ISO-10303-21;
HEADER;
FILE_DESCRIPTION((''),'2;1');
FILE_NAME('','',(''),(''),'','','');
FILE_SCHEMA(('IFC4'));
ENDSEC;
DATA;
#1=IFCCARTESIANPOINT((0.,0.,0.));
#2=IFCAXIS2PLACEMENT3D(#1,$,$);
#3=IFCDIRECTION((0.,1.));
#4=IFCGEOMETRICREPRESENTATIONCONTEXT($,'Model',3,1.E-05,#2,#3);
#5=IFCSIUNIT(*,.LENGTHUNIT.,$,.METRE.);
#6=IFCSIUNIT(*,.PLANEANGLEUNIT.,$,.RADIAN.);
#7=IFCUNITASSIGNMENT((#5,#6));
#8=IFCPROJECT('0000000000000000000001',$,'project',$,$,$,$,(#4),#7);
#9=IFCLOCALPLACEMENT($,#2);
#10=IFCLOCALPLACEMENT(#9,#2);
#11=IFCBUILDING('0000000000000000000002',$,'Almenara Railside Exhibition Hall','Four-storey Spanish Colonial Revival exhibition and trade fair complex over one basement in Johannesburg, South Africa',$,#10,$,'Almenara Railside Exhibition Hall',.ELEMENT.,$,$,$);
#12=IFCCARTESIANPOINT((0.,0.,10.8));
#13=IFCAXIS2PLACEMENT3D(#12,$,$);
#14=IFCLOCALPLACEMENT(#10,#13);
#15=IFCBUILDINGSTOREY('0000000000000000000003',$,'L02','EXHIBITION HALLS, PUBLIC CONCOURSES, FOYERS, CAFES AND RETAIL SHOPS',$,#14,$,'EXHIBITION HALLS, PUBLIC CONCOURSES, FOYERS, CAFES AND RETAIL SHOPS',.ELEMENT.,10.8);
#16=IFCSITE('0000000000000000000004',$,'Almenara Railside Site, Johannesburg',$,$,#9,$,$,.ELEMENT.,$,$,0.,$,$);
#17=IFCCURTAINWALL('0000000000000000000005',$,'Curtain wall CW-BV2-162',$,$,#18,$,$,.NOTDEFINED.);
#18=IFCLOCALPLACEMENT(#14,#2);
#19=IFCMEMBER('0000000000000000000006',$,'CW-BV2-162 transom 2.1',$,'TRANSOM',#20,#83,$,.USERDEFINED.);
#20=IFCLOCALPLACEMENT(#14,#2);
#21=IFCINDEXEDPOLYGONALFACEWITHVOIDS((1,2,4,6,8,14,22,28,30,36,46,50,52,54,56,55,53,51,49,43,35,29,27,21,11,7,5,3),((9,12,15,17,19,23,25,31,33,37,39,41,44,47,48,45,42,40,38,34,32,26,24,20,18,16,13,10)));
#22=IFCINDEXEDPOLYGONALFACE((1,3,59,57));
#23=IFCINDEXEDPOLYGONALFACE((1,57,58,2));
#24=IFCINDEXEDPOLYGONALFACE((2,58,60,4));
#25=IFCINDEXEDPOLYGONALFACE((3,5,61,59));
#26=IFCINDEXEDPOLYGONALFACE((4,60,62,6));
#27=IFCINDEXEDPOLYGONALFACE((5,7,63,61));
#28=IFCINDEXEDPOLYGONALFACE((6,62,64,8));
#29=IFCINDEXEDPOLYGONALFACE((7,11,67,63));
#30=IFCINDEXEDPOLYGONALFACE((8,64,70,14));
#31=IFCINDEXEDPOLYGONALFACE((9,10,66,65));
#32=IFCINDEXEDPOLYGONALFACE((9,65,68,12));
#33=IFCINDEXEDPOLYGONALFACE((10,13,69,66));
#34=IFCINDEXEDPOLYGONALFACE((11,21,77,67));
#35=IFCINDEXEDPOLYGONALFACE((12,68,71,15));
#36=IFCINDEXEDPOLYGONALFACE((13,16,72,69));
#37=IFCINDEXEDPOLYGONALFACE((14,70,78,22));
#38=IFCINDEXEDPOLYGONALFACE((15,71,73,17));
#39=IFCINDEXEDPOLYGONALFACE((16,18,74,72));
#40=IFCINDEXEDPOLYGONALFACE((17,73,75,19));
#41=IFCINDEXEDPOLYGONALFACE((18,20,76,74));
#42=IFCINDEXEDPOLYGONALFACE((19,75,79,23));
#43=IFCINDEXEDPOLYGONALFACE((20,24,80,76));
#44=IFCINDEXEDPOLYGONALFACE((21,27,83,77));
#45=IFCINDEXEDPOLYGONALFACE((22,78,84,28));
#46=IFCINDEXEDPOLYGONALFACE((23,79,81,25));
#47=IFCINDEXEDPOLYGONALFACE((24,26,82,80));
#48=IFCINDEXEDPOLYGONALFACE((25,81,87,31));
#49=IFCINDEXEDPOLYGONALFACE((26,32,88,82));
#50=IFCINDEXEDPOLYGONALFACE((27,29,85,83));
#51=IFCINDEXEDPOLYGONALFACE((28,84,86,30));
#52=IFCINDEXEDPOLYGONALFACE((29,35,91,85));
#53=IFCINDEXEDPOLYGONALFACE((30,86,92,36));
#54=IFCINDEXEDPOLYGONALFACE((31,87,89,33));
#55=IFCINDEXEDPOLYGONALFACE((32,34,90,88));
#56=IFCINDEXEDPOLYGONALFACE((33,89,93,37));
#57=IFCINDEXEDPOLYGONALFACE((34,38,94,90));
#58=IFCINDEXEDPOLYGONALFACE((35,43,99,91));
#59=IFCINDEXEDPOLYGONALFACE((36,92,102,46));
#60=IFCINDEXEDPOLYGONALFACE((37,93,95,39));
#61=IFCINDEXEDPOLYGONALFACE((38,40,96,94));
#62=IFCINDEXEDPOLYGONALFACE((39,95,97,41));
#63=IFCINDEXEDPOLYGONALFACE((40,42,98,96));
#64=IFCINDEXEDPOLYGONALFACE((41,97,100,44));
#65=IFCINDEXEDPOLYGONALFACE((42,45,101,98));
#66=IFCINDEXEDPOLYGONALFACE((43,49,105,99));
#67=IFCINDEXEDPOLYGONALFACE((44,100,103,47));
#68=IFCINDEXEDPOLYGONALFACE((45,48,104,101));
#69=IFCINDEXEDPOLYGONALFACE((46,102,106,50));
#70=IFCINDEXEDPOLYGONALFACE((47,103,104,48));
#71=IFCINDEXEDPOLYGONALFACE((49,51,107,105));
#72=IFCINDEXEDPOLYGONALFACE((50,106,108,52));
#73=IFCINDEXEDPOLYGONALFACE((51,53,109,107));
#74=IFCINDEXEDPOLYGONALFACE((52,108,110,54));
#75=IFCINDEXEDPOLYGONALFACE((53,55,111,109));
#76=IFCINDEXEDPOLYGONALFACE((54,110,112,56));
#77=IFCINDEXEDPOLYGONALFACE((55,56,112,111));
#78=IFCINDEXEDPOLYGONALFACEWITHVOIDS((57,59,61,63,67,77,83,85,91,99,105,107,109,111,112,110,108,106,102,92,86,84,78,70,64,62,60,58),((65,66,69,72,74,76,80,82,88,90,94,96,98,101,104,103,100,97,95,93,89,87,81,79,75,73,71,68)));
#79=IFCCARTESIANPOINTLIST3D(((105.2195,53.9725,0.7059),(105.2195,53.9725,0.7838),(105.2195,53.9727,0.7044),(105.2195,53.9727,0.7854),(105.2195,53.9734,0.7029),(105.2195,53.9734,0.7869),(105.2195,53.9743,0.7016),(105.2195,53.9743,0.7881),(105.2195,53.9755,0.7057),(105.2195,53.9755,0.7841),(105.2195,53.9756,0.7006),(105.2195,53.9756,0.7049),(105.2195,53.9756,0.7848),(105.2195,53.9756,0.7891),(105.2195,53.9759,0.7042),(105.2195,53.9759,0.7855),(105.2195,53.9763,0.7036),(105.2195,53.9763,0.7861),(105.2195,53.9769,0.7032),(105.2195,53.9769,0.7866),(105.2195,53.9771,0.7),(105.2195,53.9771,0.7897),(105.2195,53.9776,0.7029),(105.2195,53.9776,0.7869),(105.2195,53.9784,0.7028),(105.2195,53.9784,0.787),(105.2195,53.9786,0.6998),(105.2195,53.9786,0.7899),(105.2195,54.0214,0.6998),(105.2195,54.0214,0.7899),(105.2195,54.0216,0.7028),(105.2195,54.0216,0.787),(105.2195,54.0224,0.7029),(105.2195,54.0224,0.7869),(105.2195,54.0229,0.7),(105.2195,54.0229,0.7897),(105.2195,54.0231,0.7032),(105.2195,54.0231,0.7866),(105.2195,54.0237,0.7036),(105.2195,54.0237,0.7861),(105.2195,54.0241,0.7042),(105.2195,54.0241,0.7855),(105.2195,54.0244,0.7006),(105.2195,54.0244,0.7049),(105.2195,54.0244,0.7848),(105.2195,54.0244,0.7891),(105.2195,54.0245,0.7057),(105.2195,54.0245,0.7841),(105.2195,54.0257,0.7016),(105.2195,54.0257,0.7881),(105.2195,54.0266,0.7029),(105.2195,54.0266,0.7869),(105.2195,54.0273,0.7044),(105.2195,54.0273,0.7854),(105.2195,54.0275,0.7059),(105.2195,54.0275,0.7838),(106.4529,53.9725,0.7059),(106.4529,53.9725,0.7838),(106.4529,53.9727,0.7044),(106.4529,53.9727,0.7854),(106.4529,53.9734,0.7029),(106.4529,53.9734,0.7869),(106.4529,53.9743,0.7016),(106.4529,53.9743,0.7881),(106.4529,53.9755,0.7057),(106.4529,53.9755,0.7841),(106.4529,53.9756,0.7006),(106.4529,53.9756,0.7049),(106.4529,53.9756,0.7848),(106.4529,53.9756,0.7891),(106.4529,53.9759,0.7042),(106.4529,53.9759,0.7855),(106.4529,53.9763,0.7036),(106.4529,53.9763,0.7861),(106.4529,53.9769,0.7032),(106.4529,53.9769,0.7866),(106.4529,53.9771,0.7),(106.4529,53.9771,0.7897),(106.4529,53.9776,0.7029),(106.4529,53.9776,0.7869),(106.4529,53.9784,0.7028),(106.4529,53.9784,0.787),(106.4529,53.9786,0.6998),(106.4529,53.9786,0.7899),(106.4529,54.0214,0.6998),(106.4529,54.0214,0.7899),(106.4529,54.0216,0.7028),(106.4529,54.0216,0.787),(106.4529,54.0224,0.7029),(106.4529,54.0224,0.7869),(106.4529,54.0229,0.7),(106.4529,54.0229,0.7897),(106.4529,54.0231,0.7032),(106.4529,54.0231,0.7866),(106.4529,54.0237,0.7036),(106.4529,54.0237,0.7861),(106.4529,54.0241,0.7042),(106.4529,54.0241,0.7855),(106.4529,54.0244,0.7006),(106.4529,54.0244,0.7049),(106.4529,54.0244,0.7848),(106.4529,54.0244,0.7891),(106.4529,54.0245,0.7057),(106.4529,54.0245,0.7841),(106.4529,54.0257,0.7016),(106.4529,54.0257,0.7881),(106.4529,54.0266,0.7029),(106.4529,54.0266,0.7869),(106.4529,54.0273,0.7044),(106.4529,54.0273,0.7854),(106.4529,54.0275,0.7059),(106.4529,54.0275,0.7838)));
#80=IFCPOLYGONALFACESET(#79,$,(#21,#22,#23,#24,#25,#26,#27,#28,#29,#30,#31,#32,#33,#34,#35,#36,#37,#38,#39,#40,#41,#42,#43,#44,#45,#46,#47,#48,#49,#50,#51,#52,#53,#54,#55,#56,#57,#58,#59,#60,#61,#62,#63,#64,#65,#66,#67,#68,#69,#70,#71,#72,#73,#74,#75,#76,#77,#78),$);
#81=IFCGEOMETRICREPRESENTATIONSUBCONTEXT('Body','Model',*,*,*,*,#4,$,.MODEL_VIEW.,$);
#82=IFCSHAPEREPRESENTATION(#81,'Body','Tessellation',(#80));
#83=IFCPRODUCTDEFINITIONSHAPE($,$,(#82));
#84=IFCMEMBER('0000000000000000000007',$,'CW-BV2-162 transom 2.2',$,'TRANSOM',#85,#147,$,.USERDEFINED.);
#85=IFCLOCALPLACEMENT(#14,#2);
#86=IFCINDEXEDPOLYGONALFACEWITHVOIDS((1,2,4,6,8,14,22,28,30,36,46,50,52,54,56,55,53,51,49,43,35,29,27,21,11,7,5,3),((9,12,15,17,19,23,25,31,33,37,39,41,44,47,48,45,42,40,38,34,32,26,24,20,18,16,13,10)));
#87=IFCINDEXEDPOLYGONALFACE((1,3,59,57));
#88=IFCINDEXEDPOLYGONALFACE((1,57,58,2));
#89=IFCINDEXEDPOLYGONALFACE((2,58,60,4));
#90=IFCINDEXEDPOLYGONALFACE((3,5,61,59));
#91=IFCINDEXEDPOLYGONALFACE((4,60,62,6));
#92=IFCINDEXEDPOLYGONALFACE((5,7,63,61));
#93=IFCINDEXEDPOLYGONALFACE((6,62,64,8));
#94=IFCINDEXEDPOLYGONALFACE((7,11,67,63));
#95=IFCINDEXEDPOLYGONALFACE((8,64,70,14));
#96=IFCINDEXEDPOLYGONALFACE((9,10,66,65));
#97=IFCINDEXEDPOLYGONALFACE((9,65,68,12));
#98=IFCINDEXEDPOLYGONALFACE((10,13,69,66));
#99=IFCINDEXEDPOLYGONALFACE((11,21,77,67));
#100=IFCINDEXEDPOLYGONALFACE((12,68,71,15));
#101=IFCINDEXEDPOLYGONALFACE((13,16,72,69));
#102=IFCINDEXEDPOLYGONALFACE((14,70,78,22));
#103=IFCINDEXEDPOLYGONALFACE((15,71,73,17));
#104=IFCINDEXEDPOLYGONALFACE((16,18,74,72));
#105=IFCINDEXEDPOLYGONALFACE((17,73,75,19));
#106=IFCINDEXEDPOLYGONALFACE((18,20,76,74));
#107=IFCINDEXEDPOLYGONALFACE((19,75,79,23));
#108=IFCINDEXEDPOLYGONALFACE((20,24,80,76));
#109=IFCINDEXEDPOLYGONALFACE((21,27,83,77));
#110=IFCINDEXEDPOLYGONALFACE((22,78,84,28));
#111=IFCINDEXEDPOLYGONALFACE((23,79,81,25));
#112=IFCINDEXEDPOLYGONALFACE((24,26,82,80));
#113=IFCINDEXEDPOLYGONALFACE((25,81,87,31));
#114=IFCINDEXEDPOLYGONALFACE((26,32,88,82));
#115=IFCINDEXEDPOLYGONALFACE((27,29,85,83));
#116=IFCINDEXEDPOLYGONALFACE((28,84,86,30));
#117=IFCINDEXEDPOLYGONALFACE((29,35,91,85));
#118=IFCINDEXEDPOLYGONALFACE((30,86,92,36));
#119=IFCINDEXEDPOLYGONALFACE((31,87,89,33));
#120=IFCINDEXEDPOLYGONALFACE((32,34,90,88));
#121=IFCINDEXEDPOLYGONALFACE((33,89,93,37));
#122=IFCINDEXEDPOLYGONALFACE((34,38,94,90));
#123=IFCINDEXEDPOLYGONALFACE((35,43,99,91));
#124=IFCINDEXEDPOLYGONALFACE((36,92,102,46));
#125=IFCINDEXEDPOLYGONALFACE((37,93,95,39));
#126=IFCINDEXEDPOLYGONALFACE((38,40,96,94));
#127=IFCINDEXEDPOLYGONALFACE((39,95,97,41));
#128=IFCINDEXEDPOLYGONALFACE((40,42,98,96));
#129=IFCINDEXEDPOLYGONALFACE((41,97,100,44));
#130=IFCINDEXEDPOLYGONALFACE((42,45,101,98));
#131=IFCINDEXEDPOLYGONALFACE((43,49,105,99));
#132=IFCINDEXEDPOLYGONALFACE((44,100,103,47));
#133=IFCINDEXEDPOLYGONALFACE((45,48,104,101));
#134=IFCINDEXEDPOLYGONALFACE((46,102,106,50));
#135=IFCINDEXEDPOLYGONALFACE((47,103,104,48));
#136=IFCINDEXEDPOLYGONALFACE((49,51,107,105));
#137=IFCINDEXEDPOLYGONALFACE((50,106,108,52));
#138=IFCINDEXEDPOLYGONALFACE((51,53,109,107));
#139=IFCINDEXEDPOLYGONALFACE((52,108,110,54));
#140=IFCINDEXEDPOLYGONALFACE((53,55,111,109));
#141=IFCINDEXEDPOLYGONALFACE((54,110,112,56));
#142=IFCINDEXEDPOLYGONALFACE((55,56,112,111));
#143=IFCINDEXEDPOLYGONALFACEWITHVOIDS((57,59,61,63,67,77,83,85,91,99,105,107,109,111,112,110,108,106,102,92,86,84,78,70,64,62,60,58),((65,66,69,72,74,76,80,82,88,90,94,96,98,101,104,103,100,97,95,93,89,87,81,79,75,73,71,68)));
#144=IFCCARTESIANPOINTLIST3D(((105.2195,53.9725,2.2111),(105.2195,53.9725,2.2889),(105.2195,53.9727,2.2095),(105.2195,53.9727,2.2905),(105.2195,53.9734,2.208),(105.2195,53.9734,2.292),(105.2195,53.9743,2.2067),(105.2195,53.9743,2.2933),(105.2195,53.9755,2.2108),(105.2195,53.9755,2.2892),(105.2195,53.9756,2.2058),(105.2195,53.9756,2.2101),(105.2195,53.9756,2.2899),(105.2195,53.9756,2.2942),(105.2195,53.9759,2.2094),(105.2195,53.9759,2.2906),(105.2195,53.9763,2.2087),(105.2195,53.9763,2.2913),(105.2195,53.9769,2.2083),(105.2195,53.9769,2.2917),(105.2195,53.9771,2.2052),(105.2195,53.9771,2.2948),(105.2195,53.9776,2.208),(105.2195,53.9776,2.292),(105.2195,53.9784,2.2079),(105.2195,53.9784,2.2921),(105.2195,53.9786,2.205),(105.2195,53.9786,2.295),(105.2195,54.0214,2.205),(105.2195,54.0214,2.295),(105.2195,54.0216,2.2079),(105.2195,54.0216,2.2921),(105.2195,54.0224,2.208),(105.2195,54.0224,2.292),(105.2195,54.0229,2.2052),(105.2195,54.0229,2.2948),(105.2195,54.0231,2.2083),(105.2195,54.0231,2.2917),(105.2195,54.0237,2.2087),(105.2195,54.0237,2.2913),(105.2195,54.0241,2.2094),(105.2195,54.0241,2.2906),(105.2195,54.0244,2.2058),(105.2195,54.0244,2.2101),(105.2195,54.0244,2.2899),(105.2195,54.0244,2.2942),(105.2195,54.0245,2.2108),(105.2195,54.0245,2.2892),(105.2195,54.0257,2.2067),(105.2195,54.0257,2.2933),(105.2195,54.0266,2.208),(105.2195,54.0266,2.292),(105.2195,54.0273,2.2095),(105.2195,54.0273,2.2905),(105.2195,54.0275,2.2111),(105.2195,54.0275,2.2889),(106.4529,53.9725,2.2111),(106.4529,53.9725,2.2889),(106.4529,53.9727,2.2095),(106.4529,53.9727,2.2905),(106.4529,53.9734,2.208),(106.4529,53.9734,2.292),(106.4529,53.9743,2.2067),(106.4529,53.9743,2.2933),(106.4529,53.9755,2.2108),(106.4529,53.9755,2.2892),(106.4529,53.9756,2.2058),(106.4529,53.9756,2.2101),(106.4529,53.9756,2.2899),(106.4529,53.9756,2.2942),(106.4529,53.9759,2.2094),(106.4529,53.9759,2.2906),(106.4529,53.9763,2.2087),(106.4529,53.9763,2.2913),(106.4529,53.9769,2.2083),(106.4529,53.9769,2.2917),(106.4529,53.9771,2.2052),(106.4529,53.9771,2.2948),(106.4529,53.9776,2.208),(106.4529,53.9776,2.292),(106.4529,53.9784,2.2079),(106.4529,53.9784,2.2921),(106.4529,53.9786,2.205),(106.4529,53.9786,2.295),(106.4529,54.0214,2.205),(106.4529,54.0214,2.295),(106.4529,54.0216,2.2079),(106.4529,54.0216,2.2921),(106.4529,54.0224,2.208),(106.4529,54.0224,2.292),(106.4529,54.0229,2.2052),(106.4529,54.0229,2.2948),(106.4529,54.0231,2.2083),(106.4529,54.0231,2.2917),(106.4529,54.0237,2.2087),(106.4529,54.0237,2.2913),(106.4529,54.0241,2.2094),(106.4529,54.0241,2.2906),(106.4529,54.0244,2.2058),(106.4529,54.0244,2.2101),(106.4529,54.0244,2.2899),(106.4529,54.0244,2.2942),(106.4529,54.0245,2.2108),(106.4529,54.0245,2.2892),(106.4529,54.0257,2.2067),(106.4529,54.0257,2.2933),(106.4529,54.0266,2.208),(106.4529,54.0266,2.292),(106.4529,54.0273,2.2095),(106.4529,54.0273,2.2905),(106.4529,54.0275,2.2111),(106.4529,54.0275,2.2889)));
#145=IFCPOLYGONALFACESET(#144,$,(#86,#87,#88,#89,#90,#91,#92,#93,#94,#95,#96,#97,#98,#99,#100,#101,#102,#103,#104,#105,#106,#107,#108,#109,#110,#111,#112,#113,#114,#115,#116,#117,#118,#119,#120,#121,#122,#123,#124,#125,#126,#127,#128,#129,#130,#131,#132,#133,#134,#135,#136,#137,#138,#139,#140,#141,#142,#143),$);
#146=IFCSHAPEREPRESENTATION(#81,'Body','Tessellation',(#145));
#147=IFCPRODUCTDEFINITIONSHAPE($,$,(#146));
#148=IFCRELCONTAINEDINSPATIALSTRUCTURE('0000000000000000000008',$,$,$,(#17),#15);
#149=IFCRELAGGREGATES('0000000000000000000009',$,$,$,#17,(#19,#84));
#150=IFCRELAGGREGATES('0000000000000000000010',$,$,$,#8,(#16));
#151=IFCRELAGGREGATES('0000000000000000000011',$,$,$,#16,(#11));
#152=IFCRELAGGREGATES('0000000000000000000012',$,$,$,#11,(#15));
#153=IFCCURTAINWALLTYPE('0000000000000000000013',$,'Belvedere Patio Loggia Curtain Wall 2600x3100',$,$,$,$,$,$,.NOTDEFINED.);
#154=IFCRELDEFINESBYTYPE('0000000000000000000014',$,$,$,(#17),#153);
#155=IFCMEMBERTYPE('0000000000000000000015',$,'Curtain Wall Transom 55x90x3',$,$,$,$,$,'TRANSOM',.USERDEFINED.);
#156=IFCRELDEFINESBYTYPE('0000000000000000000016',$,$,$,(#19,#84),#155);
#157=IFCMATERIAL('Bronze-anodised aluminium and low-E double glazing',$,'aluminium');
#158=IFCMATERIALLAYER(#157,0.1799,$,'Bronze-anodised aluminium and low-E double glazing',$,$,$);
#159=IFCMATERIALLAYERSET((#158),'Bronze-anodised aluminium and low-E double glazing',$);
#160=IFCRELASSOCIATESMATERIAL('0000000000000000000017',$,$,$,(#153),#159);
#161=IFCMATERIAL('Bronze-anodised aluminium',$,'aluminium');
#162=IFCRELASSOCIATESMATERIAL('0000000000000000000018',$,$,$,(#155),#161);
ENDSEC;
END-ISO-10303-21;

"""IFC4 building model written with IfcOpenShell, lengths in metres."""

from ifc_helpers import new_model, si_unit, direction, frame, origin, origin_2d, place, context, subcontext, project, spatial, hollow_rectangle, extrude, material, layer, layer_set, material_profile, profile_set, type_object, element, aggregate, save


model = new_model("IFC4")

# Units and contexts
model_context = context("Model", 3, precision=1e-05, world=origin(), true_north=direction((0.0, 1.0)))
body_context = subcontext(model_context, "Body", "Model", "MODEL_VIEW")
ifc_project = project(units=[si_unit("LENGTHUNIT", "METRE"), si_unit("PLANEANGLEUNIT", "RADIAN")], contexts=[model_context])

# Site, building, storey
site_placement = place(None, origin())
site = spatial("IfcSite", under=ifc_project, at=site_placement, Name="Almenara Railside Site, Johannesburg", CompositionType="ELEMENT", RefElevation=0.0)
building_placement = place(site_placement, origin())
building = spatial("IfcBuilding", under=site, at=building_placement, Name="Almenara Railside Exhibition Hall", Description="Four-storey Spanish Colonial Revival exhibition and trade fair complex over one basement in Johannesburg, South Africa", LongName="Almenara Railside Exhibition Hall", CompositionType="ELEMENT")
storey_placement = place(building_placement, frame((0.0, 0.0, 10.8)))
storey = spatial("IfcBuildingStorey", under=building, at=storey_placement, Name="L02", Description="EXHIBITION HALLS, PUBLIC CONCOURSES, FOYERS, CAFES AND RETAIL SHOPS", LongName="EXHIBITION HALLS, PUBLIC CONCOURSES, FOYERS, CAFES AND RETAIL SHOPS", CompositionType="ELEMENT", Elevation=10.8)

# Curtain wall, members
ifc_material_1 = material(Name="Bronze-anodised aluminium and low-E double glazing", Category="aluminium")
ifc_layer_1 = layer(ifc_material_1, 0.1799, Name="Bronze-anodised aluminium and low-E double glazing")
ifc_layer_set_1 = layer_set([ifc_layer_1], Name="Bronze-anodised aluminium and low-E double glazing")
curtain_wall_type = type_object("IfcCurtainWallType", Name="Belvedere Patio Loggia Curtain Wall 2600x3100", PredefinedType="NOTDEFINED", material=ifc_layer_set_1)
curtain_wall_placement = place(storey_placement, origin())
curtain_wall = element("IfcCurtainWall", 1, at=curtain_wall_placement, inside=storey, type_object=curtain_wall_type, Name="Curtain wall CW-BV2-162", PredefinedType="NOTDEFINED")
ifc_material_2 = material(Name="Bronze-anodised aluminium", Category="aluminium")
ifc_material_profile_1 = material_profile(ifc_material_2, hollow_rectangle(XDim=0.0549, YDim=0.0901, WallThickness=0.0029, InnerFilletRadius=0.0029, OuterFilletRadius=0.0061, at=origin_2d()), Name="ALU-TRN 55x90x3")
ifc_profile_set_1 = profile_set([ifc_material_profile_1], Name="Bronze-anodised aluminium")
member_type_1 = type_object("IfcMemberType", Name="Curtain Wall Transom 55x90x3", ElementType="TRANSOM", PredefinedType="USERDEFINED", material=ifc_profile_set_1)
member_1_placement = place(storey_placement, frame((105.2195, 54.0, 0.7449), z_axis=(1.0, 0.0, 0.0), x_axis=(0.0, 1.0, 0.0)))
member_1 = element("IfcMember", 2, at=member_1_placement, type_object=member_type_1, Name="CW-BV2-162 transom 2.1", ObjectType="TRANSOM", PredefinedType="USERDEFINED", context=body_context, shape_type="SweptSolid", body=[
    extrude(hollow_rectangle(XDim=0.0549, YDim=0.0901, WallThickness=0.0029, InnerFilletRadius=0.0029, OuterFilletRadius=0.0061, at=origin_2d()), origin(), (0.0, 0.0, 1.0), 1.2334),
])
member_2_placement = place(storey_placement, frame((105.2195, 54.0, 2.25), z_axis=(1.0, 0.0, 0.0), x_axis=(0.0, 1.0, 0.0)))
member_2 = element("IfcMember", 3, at=member_2_placement, type_object=member_type_1, Name="CW-BV2-162 transom 2.2", ObjectType="TRANSOM", PredefinedType="USERDEFINED", context=body_context, shape_type="SweptSolid", body=[
    extrude(hollow_rectangle(XDim=0.0549, YDim=0.0901, WallThickness=0.0029, InnerFilletRadius=0.0029, OuterFilletRadius=0.0061, at=origin_2d()), origin(), (0.0, 0.0, 1.0), 1.2334),
])
aggregate(curtain_wall, [member_1, member_2])

save(model, "model.ifc")
